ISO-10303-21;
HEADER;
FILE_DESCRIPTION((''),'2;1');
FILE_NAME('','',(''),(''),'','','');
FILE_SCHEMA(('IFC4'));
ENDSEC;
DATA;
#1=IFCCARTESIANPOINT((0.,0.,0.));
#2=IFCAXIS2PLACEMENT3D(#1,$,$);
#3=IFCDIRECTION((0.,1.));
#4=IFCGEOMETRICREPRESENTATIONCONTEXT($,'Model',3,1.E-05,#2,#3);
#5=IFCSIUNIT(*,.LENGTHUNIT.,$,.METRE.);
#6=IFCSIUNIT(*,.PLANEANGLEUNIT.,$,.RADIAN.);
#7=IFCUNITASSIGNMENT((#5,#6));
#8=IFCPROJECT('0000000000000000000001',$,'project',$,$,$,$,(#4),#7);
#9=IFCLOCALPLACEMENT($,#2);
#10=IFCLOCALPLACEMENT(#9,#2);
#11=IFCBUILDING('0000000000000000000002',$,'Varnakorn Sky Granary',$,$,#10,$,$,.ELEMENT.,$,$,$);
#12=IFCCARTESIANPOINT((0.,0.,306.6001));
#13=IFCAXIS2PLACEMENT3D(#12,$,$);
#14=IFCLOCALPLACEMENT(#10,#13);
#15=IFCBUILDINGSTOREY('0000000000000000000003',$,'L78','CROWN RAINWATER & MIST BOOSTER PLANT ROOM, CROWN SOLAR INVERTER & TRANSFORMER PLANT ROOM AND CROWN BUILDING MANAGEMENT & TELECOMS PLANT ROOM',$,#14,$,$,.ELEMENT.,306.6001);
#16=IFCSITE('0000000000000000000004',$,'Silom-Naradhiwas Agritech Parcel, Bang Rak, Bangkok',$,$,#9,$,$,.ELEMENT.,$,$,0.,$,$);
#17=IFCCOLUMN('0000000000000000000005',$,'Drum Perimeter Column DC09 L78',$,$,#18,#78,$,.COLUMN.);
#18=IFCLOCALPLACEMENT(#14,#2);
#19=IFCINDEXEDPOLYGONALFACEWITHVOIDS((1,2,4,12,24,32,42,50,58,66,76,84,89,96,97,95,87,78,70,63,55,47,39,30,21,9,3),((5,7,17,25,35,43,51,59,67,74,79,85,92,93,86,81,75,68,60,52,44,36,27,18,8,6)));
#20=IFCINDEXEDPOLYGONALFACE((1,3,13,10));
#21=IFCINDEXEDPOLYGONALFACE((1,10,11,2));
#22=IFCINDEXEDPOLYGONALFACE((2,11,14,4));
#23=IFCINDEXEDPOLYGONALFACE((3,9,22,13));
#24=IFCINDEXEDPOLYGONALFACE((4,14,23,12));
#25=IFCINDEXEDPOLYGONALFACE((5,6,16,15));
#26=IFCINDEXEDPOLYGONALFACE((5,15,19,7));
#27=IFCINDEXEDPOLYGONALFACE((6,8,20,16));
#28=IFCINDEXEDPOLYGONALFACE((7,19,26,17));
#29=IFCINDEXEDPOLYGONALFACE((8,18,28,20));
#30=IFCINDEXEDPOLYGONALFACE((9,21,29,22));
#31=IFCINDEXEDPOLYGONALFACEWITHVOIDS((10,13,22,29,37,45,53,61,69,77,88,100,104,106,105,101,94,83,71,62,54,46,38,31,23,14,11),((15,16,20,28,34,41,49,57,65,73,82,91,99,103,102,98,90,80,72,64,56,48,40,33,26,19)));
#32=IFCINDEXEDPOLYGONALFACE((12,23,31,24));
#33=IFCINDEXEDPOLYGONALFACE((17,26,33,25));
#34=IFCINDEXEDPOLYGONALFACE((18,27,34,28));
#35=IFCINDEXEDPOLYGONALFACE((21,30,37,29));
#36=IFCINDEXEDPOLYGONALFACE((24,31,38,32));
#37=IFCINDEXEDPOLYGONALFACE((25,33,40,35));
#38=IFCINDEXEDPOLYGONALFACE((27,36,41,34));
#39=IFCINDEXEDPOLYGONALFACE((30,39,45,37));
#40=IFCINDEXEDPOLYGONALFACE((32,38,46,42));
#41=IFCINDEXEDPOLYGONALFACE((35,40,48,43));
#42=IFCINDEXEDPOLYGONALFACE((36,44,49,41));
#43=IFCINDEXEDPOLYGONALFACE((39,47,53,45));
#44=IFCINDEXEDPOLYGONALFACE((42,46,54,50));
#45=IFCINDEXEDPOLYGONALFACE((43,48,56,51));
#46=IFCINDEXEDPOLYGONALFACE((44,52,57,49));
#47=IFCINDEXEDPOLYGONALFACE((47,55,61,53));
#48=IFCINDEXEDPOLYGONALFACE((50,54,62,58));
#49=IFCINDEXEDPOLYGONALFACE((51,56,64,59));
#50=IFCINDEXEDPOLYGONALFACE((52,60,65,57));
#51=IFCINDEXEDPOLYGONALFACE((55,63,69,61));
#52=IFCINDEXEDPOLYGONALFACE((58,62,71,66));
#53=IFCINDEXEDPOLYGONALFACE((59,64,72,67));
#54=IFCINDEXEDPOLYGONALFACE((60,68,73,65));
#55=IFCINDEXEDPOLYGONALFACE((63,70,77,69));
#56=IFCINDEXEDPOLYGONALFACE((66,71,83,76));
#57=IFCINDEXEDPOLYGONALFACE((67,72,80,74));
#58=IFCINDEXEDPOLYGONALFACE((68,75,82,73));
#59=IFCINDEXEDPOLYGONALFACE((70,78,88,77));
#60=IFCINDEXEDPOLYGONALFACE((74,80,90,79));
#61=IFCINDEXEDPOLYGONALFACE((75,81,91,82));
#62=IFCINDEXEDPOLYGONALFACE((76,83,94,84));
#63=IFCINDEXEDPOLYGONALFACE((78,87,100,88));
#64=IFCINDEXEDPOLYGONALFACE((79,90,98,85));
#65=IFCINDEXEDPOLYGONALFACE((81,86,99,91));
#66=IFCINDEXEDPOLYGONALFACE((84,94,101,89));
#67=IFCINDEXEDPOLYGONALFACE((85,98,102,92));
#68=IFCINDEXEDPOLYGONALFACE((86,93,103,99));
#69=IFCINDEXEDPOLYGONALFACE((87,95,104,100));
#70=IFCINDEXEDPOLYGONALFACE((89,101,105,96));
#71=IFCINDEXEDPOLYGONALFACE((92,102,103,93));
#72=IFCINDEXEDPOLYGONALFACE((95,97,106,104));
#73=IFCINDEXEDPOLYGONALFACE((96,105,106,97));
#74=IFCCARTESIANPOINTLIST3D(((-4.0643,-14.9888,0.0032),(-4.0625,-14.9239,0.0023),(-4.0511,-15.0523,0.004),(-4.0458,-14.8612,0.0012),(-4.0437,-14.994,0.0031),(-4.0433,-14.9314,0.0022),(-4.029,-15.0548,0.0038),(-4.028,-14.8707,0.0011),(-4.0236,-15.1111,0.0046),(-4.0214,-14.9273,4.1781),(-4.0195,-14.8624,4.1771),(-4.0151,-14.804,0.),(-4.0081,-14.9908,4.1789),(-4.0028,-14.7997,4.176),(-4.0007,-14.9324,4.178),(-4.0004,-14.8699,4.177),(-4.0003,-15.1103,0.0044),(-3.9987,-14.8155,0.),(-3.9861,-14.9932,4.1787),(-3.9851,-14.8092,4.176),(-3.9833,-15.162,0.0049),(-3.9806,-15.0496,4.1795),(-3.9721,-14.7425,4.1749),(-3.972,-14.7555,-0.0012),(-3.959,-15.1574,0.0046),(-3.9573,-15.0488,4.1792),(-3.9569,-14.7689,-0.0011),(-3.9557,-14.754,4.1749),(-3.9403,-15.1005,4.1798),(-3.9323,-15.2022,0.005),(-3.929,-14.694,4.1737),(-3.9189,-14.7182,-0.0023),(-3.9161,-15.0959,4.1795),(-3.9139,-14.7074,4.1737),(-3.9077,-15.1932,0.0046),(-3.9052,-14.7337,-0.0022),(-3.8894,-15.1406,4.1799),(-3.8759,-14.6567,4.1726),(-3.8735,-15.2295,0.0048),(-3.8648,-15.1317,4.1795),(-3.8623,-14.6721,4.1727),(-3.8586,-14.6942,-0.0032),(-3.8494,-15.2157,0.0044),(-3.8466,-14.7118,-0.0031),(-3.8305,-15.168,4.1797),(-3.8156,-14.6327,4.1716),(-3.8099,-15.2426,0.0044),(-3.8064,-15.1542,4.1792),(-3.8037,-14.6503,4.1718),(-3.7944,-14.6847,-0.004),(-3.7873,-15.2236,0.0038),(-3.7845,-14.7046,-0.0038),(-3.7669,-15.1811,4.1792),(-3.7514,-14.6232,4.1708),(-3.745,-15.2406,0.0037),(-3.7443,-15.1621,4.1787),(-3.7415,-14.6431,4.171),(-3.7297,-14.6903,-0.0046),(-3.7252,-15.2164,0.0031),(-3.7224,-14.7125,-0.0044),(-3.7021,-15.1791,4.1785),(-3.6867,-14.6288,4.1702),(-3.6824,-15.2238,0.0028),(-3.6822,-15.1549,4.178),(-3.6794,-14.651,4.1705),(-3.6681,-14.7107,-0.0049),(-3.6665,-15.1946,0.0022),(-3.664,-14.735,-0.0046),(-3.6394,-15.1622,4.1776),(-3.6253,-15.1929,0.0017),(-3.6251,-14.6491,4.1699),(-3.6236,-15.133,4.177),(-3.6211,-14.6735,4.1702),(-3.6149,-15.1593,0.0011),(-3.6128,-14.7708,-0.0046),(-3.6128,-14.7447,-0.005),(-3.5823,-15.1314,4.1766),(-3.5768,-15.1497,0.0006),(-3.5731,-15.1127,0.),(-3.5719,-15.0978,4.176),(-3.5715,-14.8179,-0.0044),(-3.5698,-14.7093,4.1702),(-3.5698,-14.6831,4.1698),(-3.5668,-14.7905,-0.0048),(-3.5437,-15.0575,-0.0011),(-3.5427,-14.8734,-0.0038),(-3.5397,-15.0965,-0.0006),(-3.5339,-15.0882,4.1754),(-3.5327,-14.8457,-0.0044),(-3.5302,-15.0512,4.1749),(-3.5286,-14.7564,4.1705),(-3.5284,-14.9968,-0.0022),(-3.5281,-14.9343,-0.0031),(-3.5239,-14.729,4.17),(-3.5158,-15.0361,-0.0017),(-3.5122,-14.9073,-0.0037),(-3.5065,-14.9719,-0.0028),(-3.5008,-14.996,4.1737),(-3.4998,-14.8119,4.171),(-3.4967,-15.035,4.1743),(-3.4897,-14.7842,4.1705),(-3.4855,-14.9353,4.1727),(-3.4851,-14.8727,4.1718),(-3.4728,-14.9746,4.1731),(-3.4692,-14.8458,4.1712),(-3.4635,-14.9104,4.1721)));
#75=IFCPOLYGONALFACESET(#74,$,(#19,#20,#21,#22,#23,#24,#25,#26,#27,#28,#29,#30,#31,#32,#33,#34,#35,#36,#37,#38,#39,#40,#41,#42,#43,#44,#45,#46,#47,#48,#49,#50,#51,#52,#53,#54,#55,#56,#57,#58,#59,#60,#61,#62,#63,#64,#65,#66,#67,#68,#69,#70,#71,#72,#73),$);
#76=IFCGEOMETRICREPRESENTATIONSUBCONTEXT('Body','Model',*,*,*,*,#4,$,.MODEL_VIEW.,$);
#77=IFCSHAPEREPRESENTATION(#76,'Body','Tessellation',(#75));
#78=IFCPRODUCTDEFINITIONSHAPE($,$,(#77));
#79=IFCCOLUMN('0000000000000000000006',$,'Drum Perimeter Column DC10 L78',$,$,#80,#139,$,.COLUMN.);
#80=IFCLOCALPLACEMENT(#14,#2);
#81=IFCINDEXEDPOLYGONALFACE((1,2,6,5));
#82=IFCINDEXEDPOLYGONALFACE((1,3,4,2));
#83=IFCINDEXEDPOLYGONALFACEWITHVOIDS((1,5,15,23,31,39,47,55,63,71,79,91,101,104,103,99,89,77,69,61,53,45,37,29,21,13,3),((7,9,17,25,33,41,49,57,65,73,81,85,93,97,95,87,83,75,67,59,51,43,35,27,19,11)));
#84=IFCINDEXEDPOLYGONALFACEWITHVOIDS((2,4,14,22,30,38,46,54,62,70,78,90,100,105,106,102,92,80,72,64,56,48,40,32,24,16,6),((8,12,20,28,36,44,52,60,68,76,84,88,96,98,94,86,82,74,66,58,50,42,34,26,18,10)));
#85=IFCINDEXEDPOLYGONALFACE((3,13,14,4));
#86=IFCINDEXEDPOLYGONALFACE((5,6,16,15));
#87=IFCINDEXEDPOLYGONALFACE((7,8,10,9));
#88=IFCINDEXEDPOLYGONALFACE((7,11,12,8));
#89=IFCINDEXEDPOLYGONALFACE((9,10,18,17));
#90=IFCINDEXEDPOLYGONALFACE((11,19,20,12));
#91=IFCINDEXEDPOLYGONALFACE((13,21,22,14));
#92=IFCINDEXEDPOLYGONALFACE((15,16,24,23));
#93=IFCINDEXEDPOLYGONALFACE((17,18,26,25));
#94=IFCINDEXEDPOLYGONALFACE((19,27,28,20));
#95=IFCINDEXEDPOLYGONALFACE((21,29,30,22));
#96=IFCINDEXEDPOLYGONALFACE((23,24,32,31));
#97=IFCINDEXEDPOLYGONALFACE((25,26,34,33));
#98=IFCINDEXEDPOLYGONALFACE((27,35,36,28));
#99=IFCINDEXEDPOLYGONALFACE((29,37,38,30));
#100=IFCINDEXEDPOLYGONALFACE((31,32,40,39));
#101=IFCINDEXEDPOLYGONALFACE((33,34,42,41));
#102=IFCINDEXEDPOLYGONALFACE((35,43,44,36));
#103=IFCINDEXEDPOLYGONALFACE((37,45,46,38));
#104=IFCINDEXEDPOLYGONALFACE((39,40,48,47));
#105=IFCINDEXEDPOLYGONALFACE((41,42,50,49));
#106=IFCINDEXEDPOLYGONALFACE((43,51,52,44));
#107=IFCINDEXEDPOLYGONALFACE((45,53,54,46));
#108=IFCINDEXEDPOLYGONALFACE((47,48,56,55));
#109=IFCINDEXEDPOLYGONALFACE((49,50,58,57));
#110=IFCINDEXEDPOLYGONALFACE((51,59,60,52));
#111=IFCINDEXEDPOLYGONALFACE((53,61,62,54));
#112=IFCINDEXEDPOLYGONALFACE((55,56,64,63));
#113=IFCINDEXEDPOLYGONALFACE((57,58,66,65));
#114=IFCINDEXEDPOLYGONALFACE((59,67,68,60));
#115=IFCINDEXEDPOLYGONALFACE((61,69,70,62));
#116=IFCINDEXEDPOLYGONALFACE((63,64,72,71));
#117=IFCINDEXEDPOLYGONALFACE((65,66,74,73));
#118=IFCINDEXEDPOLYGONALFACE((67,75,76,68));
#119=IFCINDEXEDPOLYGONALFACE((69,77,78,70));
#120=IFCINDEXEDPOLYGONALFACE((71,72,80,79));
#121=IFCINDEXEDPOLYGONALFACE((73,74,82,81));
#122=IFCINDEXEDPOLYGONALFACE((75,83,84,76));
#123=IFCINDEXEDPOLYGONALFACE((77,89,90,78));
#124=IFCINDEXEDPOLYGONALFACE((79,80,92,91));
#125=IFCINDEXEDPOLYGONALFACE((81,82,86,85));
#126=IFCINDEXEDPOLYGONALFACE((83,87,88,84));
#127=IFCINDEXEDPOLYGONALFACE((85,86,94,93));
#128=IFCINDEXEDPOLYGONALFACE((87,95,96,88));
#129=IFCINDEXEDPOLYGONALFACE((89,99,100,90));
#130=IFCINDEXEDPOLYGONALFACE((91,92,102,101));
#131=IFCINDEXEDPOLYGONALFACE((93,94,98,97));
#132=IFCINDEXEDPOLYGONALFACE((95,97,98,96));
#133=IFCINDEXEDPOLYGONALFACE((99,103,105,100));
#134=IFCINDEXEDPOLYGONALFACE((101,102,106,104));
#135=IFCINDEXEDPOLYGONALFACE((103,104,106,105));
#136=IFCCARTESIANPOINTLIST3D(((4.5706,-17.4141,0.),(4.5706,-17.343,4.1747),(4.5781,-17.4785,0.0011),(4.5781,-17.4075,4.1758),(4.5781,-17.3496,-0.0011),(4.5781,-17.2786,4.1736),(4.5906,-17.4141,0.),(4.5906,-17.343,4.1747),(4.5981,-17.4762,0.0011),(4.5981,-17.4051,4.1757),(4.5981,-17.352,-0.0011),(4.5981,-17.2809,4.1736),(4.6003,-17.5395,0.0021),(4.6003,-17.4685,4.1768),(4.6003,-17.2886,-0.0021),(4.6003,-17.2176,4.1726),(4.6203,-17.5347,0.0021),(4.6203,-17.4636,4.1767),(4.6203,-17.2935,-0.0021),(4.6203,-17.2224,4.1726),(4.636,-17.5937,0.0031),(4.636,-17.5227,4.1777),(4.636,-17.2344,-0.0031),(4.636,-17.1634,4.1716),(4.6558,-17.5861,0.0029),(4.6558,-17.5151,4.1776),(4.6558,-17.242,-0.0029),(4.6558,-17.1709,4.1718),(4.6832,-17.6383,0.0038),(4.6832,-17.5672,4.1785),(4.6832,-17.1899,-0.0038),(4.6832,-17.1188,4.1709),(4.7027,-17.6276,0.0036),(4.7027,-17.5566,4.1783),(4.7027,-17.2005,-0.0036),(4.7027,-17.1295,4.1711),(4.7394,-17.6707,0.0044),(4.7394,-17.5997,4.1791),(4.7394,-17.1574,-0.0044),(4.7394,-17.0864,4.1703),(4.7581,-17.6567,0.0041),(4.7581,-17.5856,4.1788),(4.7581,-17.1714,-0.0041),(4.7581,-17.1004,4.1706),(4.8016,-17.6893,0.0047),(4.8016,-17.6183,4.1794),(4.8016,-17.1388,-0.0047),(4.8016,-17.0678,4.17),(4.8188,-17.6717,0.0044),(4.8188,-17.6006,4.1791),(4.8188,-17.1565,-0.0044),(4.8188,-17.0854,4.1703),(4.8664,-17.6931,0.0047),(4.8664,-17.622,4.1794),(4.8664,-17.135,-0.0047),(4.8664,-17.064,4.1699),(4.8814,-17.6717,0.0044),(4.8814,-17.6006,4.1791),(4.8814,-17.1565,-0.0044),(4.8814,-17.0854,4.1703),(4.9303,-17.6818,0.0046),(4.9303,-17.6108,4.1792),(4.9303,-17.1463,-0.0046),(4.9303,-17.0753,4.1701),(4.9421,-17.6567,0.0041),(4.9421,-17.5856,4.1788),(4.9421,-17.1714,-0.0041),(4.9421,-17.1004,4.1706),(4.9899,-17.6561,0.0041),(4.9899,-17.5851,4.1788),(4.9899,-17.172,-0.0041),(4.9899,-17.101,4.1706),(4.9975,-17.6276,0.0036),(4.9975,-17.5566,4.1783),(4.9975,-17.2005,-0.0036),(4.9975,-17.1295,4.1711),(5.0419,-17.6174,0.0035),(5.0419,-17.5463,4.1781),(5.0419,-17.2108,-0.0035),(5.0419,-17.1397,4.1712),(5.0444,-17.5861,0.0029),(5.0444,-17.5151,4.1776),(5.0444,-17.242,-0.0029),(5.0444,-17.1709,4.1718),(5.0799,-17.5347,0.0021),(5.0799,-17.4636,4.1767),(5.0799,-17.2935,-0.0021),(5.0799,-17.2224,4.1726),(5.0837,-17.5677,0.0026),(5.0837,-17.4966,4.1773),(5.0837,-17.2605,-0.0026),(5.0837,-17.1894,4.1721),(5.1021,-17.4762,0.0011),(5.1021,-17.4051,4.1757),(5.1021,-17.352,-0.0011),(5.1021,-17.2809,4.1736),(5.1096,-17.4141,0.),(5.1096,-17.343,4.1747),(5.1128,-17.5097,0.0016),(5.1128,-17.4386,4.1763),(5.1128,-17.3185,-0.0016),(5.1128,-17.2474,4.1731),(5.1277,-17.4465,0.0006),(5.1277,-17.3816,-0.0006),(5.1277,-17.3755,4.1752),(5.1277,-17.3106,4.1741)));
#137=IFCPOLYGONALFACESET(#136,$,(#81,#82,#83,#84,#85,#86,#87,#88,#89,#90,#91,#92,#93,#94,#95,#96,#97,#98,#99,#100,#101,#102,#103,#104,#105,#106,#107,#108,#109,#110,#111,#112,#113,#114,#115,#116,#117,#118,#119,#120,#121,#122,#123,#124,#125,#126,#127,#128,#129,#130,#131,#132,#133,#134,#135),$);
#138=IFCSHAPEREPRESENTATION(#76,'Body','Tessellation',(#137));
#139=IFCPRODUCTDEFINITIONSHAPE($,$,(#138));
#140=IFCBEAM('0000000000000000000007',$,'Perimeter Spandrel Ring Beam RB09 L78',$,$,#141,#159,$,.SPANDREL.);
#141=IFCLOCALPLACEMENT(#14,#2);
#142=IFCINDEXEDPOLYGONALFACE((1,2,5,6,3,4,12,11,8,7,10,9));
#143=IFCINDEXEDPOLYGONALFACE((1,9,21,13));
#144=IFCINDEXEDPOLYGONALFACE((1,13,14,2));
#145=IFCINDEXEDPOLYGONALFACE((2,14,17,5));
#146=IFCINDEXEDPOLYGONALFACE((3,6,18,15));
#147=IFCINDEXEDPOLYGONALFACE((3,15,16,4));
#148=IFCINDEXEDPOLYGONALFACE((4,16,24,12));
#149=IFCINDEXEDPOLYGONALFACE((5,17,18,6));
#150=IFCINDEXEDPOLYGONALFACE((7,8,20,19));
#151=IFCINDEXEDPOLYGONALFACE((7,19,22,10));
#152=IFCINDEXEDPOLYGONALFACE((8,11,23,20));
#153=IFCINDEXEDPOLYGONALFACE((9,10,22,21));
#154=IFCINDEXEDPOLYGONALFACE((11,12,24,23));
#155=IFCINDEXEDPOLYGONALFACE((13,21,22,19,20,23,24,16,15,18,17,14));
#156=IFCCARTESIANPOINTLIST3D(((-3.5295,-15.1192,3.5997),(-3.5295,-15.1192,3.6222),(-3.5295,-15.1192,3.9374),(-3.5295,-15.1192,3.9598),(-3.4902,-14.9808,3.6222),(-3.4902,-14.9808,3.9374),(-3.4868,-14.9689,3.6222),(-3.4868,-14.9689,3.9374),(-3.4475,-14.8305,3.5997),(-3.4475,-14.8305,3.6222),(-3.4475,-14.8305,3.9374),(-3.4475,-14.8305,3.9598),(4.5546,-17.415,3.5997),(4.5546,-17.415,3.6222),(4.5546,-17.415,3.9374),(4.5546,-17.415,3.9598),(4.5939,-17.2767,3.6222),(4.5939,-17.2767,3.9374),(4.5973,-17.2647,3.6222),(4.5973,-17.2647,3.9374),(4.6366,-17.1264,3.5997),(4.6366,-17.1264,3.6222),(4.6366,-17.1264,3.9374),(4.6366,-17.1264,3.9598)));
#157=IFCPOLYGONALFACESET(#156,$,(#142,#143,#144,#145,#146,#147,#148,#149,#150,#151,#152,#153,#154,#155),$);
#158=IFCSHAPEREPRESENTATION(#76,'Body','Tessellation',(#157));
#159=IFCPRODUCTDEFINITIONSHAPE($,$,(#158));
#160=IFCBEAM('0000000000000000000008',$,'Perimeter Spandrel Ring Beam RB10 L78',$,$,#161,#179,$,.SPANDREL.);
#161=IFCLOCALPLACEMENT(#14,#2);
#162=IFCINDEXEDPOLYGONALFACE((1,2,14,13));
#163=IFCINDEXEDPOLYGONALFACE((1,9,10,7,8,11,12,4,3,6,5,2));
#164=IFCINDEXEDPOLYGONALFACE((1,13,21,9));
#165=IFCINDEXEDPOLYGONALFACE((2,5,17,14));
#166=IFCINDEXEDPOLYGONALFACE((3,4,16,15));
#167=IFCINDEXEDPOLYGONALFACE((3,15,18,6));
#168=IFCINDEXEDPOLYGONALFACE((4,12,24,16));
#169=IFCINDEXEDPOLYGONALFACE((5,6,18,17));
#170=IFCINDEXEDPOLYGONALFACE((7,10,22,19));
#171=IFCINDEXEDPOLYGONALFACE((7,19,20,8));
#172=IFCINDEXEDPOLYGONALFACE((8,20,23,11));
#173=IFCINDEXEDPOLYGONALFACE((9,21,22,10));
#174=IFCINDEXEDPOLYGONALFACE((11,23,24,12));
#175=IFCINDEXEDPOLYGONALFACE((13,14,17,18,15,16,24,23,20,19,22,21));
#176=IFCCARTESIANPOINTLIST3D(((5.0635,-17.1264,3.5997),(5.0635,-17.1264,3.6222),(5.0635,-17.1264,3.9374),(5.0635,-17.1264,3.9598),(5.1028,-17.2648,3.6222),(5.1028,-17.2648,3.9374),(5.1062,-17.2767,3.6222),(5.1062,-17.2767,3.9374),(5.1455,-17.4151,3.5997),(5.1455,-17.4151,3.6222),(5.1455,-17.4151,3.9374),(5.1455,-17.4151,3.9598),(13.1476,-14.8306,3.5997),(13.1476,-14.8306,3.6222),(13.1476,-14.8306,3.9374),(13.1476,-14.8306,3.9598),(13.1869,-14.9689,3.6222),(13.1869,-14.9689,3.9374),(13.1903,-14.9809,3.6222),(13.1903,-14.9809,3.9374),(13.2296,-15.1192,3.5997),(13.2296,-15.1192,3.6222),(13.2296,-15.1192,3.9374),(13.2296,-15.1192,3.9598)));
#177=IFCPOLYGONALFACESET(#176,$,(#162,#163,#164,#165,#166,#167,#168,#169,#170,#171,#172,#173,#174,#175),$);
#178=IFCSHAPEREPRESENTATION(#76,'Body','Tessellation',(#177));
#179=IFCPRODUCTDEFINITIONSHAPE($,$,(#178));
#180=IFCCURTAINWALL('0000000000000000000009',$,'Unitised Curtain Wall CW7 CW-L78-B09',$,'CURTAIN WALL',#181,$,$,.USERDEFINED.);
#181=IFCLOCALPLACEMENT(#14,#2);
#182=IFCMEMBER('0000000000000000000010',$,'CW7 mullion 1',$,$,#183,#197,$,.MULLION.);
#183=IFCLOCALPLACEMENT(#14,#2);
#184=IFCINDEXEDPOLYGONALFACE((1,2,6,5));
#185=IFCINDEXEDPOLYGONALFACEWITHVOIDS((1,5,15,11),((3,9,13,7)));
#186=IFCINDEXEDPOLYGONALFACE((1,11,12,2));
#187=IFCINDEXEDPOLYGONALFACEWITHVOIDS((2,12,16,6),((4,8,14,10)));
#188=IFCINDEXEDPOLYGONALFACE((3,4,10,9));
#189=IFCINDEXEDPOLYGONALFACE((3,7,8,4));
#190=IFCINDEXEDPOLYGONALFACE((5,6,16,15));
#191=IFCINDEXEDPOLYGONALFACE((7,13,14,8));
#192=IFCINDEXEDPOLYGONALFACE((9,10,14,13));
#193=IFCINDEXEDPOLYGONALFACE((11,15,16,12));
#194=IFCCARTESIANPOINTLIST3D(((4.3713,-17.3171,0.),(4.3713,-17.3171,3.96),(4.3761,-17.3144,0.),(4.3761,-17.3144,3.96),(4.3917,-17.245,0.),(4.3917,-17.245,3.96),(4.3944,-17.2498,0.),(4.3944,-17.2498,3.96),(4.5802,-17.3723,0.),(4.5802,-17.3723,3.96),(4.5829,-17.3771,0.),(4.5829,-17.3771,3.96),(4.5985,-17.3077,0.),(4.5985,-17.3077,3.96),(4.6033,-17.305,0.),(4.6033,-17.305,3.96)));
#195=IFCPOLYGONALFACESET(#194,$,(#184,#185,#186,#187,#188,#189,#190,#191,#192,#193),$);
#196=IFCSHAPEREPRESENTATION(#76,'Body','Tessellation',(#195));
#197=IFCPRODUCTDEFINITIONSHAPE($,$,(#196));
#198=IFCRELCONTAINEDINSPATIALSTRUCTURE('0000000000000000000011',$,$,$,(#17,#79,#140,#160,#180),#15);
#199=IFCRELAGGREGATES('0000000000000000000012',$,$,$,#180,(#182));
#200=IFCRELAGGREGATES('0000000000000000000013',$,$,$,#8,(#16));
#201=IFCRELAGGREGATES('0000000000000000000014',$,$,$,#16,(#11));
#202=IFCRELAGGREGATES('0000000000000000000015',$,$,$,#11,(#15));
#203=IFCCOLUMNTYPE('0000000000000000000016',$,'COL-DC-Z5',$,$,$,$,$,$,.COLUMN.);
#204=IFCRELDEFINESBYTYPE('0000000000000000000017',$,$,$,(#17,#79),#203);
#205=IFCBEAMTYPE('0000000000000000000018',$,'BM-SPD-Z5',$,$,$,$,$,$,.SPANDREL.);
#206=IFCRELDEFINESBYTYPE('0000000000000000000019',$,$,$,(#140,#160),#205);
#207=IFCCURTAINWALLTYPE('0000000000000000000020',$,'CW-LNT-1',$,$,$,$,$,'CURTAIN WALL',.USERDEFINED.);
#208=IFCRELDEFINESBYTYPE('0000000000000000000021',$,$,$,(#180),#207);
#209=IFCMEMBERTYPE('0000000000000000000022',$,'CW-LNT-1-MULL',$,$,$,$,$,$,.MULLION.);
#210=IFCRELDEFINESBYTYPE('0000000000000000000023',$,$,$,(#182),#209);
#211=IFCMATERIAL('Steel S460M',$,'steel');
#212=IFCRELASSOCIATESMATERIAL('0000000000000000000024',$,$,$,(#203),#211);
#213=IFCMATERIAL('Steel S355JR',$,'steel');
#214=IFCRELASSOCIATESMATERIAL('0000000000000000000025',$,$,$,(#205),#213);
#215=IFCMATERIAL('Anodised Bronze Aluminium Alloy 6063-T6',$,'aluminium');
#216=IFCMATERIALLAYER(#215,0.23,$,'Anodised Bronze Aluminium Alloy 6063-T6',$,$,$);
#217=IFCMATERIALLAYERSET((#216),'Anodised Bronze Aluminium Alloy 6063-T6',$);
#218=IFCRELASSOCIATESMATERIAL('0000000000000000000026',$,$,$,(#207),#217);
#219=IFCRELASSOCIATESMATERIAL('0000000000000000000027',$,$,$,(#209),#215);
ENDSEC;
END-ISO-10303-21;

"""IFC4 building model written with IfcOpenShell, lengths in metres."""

from ifc_helpers import new_model, si_unit, direction, frame, origin, origin_2d, place, context, subcontext, project, spatial, hollow_rectangle, hollow_circle, i_section, extrude, material, layer, layer_set, material_profile, profile_set, type_object, element, aggregate, save


model = new_model("IFC4")

# Units and contexts
model_context = context("Model", 3, precision=1e-05, world=origin(), true_north=direction((0.0, 1.0)))
body_context = subcontext(model_context, "Body", "Model", "MODEL_VIEW")
ifc_project = project(units=[si_unit("LENGTHUNIT", "METRE"), si_unit("PLANEANGLEUNIT", "RADIAN")], contexts=[model_context])

# Site, building, storey
site_placement = place(None, origin())
site = spatial("IfcSite", under=ifc_project, at=site_placement, Name="Silom-Naradhiwas Agritech Parcel, Bang Rak, Bangkok", CompositionType="ELEMENT", RefElevation=0.0)
building_placement = place(site_placement, origin())
building = spatial("IfcBuilding", under=site, at=building_placement, Name="Varnakorn Sky Granary", CompositionType="ELEMENT")
storey_placement = place(building_placement, frame((0.0, 0.0, 306.6001)))
storey = spatial("IfcBuildingStorey", under=building, at=storey_placement, Name="L78", Description="CROWN RAINWATER & MIST BOOSTER PLANT ROOM, CROWN SOLAR INVERTER & TRANSFORMER PLANT ROOM AND CROWN BUILDING MANAGEMENT & TELECOMS PLANT ROOM", CompositionType="ELEMENT", Elevation=306.6001)

# Columns
ifc_material_1 = material(Name="Steel S460M", Category="steel")
ifc_material_profile_1 = material_profile(ifc_material_1, hollow_circle(Radius=0.2795, WallThickness=0.02, at=origin_2d()), Name="CHS 559x20")
ifc_profile_set_1 = profile_set([ifc_material_profile_1], Name="Steel S460M")
column_type = type_object("IfcColumnType", Name="COL-DC-Z5", PredefinedType="COLUMN", material=ifc_profile_set_1)
column_1_placement = place(storey_placement, frame((-3.7859, -14.9641, 0.0), z_axis=(0.010291, 0.014734, 0.999838), x_axis=(-0.819843, 0.572589, 0.0)))
element("IfcColumn", 1, at=column_1_placement, inside=storey, type_object=column_type, Name="Drum Perimeter Column DC09 L78", PredefinedType="COLUMN", context=body_context, shape_type="SweptSolid", body=[
    extrude(hollow_circle(Radius=0.2795, WallThickness=0.02, at=origin_2d()), origin(), (0.0, 0.0, 1.0), 4.1755),
])
column_2_placement = place(storey_placement, frame((4.8501, -17.4141, 0.0), z_axis=(0.0, 0.017015, 0.999855), x_axis=(-1.0, 0.0, 0.0)))
element("IfcColumn", 2, at=column_2_placement, inside=storey, type_object=column_type, Name="Drum Perimeter Column DC10 L78", PredefinedType="COLUMN", context=body_context, shape_type="SweptSolid", body=[
    extrude(hollow_circle(Radius=0.2795, WallThickness=0.02, at=origin_2d()), origin(), (0.0, 0.0, 1.0), 4.1753),
])

# Beams
ifc_material_2 = material(Name="Steel S355JR", Category="steel")
ifc_material_profile_2 = material_profile(ifc_material_2, i_section(OverallWidth=0.3, OverallDepth=0.3601, WebThickness=0.0125, FlangeThickness=0.0225, at=origin_2d()), Name="HE 360 B")
ifc_profile_set_2 = profile_set([ifc_material_profile_2], Name="Steel S355JR")
beam_type = type_object("IfcBeamType", Name="BM-SPD-Z5", PredefinedType="SPANDREL", material=ifc_profile_set_2)
for number, where, z_axis, x_axis, name in (
    (3, (-3.4885, -14.9749, 3.7798), (0.961959, -0.273194, 0.0), (0.273194, 0.961959, 0.0), "Perimeter Spandrel Ring Beam RB09 L78"),
    (4, (5.1045, -17.2708, 3.7798), (0.961959, 0.273194, 0.0), (-0.273194, 0.961959, 0.0), "Perimeter Spandrel Ring Beam RB10 L78"),
):
    element("IfcBeam", number, at=place(storey_placement, frame(where, z_axis=z_axis, x_axis=x_axis)), inside=storey, type_object=beam_type, Name=name, PredefinedType="SPANDREL", context=body_context, shape_type="SweptSolid", body=[
        extrude(i_section(OverallWidth=0.3, OverallDepth=0.3601, WebThickness=0.0125, FlangeThickness=0.0225, at=origin_2d()), origin(), (0.0, 0.0, 1.0), 8.4038),
    ])

# Curtain wall, member
ifc_material_3 = material(Name="Anodised Bronze Aluminium Alloy 6063-T6", Category="aluminium")
ifc_layer_1 = layer(ifc_material_3, 0.23, Name="Anodised Bronze Aluminium Alloy 6063-T6")
ifc_layer_set_1 = layer_set([ifc_layer_1], Name="Anodised Bronze Aluminium Alloy 6063-T6")
curtain_wall_type = type_object("IfcCurtainWallType", Name="CW-LNT-1", ElementType="CURTAIN WALL", PredefinedType="USERDEFINED", material=ifc_layer_set_1)
curtain_wall_1_placement = place(storey_placement, origin())
curtain_wall_1 = element("IfcCurtainWall", 5, at=curtain_wall_1_placement, inside=storey, type_object=curtain_wall_type, Name="Unitised Curtain Wall CW7 CW-L78-B09", ObjectType="CURTAIN WALL", PredefinedType="USERDEFINED")
ifc_material_profile_3 = material_profile(ifc_material_3, hollow_rectangle(XDim=0.075, YDim=0.22, WallThickness=0.0039, at=origin_2d()), Name="ALU MULL 75x220")
ifc_profile_set_3 = profile_set([ifc_material_profile_3], Name="Anodised Bronze Aluminium Alloy 6063-T6")
member_type_1 = type_object("IfcMemberType", Name="CW-LNT-1-MULL", PredefinedType="MULLION", material=ifc_profile_set_3)
member_1_placement = place(storey_placement, frame((4.4873, -17.311, 0.0), z_axis=(0.0, 0.0, 1.0), x_axis=(-0.272905, -0.962041, 0.0)))
member_1 = element("IfcMember", 6, at=member_1_placement, type_object=member_type_1, Name="CW7 mullion 1", PredefinedType="MULLION", context=body_context, shape_type="SweptSolid", body=[
    extrude(hollow_rectangle(XDim=0.075, YDim=0.22, WallThickness=0.0039, at=origin_2d()), origin(), (0.0, 0.0, 1.0), 3.96),
])

aggregate(curtain_wall_1, [member_1])

save(model, "model.ifc")
